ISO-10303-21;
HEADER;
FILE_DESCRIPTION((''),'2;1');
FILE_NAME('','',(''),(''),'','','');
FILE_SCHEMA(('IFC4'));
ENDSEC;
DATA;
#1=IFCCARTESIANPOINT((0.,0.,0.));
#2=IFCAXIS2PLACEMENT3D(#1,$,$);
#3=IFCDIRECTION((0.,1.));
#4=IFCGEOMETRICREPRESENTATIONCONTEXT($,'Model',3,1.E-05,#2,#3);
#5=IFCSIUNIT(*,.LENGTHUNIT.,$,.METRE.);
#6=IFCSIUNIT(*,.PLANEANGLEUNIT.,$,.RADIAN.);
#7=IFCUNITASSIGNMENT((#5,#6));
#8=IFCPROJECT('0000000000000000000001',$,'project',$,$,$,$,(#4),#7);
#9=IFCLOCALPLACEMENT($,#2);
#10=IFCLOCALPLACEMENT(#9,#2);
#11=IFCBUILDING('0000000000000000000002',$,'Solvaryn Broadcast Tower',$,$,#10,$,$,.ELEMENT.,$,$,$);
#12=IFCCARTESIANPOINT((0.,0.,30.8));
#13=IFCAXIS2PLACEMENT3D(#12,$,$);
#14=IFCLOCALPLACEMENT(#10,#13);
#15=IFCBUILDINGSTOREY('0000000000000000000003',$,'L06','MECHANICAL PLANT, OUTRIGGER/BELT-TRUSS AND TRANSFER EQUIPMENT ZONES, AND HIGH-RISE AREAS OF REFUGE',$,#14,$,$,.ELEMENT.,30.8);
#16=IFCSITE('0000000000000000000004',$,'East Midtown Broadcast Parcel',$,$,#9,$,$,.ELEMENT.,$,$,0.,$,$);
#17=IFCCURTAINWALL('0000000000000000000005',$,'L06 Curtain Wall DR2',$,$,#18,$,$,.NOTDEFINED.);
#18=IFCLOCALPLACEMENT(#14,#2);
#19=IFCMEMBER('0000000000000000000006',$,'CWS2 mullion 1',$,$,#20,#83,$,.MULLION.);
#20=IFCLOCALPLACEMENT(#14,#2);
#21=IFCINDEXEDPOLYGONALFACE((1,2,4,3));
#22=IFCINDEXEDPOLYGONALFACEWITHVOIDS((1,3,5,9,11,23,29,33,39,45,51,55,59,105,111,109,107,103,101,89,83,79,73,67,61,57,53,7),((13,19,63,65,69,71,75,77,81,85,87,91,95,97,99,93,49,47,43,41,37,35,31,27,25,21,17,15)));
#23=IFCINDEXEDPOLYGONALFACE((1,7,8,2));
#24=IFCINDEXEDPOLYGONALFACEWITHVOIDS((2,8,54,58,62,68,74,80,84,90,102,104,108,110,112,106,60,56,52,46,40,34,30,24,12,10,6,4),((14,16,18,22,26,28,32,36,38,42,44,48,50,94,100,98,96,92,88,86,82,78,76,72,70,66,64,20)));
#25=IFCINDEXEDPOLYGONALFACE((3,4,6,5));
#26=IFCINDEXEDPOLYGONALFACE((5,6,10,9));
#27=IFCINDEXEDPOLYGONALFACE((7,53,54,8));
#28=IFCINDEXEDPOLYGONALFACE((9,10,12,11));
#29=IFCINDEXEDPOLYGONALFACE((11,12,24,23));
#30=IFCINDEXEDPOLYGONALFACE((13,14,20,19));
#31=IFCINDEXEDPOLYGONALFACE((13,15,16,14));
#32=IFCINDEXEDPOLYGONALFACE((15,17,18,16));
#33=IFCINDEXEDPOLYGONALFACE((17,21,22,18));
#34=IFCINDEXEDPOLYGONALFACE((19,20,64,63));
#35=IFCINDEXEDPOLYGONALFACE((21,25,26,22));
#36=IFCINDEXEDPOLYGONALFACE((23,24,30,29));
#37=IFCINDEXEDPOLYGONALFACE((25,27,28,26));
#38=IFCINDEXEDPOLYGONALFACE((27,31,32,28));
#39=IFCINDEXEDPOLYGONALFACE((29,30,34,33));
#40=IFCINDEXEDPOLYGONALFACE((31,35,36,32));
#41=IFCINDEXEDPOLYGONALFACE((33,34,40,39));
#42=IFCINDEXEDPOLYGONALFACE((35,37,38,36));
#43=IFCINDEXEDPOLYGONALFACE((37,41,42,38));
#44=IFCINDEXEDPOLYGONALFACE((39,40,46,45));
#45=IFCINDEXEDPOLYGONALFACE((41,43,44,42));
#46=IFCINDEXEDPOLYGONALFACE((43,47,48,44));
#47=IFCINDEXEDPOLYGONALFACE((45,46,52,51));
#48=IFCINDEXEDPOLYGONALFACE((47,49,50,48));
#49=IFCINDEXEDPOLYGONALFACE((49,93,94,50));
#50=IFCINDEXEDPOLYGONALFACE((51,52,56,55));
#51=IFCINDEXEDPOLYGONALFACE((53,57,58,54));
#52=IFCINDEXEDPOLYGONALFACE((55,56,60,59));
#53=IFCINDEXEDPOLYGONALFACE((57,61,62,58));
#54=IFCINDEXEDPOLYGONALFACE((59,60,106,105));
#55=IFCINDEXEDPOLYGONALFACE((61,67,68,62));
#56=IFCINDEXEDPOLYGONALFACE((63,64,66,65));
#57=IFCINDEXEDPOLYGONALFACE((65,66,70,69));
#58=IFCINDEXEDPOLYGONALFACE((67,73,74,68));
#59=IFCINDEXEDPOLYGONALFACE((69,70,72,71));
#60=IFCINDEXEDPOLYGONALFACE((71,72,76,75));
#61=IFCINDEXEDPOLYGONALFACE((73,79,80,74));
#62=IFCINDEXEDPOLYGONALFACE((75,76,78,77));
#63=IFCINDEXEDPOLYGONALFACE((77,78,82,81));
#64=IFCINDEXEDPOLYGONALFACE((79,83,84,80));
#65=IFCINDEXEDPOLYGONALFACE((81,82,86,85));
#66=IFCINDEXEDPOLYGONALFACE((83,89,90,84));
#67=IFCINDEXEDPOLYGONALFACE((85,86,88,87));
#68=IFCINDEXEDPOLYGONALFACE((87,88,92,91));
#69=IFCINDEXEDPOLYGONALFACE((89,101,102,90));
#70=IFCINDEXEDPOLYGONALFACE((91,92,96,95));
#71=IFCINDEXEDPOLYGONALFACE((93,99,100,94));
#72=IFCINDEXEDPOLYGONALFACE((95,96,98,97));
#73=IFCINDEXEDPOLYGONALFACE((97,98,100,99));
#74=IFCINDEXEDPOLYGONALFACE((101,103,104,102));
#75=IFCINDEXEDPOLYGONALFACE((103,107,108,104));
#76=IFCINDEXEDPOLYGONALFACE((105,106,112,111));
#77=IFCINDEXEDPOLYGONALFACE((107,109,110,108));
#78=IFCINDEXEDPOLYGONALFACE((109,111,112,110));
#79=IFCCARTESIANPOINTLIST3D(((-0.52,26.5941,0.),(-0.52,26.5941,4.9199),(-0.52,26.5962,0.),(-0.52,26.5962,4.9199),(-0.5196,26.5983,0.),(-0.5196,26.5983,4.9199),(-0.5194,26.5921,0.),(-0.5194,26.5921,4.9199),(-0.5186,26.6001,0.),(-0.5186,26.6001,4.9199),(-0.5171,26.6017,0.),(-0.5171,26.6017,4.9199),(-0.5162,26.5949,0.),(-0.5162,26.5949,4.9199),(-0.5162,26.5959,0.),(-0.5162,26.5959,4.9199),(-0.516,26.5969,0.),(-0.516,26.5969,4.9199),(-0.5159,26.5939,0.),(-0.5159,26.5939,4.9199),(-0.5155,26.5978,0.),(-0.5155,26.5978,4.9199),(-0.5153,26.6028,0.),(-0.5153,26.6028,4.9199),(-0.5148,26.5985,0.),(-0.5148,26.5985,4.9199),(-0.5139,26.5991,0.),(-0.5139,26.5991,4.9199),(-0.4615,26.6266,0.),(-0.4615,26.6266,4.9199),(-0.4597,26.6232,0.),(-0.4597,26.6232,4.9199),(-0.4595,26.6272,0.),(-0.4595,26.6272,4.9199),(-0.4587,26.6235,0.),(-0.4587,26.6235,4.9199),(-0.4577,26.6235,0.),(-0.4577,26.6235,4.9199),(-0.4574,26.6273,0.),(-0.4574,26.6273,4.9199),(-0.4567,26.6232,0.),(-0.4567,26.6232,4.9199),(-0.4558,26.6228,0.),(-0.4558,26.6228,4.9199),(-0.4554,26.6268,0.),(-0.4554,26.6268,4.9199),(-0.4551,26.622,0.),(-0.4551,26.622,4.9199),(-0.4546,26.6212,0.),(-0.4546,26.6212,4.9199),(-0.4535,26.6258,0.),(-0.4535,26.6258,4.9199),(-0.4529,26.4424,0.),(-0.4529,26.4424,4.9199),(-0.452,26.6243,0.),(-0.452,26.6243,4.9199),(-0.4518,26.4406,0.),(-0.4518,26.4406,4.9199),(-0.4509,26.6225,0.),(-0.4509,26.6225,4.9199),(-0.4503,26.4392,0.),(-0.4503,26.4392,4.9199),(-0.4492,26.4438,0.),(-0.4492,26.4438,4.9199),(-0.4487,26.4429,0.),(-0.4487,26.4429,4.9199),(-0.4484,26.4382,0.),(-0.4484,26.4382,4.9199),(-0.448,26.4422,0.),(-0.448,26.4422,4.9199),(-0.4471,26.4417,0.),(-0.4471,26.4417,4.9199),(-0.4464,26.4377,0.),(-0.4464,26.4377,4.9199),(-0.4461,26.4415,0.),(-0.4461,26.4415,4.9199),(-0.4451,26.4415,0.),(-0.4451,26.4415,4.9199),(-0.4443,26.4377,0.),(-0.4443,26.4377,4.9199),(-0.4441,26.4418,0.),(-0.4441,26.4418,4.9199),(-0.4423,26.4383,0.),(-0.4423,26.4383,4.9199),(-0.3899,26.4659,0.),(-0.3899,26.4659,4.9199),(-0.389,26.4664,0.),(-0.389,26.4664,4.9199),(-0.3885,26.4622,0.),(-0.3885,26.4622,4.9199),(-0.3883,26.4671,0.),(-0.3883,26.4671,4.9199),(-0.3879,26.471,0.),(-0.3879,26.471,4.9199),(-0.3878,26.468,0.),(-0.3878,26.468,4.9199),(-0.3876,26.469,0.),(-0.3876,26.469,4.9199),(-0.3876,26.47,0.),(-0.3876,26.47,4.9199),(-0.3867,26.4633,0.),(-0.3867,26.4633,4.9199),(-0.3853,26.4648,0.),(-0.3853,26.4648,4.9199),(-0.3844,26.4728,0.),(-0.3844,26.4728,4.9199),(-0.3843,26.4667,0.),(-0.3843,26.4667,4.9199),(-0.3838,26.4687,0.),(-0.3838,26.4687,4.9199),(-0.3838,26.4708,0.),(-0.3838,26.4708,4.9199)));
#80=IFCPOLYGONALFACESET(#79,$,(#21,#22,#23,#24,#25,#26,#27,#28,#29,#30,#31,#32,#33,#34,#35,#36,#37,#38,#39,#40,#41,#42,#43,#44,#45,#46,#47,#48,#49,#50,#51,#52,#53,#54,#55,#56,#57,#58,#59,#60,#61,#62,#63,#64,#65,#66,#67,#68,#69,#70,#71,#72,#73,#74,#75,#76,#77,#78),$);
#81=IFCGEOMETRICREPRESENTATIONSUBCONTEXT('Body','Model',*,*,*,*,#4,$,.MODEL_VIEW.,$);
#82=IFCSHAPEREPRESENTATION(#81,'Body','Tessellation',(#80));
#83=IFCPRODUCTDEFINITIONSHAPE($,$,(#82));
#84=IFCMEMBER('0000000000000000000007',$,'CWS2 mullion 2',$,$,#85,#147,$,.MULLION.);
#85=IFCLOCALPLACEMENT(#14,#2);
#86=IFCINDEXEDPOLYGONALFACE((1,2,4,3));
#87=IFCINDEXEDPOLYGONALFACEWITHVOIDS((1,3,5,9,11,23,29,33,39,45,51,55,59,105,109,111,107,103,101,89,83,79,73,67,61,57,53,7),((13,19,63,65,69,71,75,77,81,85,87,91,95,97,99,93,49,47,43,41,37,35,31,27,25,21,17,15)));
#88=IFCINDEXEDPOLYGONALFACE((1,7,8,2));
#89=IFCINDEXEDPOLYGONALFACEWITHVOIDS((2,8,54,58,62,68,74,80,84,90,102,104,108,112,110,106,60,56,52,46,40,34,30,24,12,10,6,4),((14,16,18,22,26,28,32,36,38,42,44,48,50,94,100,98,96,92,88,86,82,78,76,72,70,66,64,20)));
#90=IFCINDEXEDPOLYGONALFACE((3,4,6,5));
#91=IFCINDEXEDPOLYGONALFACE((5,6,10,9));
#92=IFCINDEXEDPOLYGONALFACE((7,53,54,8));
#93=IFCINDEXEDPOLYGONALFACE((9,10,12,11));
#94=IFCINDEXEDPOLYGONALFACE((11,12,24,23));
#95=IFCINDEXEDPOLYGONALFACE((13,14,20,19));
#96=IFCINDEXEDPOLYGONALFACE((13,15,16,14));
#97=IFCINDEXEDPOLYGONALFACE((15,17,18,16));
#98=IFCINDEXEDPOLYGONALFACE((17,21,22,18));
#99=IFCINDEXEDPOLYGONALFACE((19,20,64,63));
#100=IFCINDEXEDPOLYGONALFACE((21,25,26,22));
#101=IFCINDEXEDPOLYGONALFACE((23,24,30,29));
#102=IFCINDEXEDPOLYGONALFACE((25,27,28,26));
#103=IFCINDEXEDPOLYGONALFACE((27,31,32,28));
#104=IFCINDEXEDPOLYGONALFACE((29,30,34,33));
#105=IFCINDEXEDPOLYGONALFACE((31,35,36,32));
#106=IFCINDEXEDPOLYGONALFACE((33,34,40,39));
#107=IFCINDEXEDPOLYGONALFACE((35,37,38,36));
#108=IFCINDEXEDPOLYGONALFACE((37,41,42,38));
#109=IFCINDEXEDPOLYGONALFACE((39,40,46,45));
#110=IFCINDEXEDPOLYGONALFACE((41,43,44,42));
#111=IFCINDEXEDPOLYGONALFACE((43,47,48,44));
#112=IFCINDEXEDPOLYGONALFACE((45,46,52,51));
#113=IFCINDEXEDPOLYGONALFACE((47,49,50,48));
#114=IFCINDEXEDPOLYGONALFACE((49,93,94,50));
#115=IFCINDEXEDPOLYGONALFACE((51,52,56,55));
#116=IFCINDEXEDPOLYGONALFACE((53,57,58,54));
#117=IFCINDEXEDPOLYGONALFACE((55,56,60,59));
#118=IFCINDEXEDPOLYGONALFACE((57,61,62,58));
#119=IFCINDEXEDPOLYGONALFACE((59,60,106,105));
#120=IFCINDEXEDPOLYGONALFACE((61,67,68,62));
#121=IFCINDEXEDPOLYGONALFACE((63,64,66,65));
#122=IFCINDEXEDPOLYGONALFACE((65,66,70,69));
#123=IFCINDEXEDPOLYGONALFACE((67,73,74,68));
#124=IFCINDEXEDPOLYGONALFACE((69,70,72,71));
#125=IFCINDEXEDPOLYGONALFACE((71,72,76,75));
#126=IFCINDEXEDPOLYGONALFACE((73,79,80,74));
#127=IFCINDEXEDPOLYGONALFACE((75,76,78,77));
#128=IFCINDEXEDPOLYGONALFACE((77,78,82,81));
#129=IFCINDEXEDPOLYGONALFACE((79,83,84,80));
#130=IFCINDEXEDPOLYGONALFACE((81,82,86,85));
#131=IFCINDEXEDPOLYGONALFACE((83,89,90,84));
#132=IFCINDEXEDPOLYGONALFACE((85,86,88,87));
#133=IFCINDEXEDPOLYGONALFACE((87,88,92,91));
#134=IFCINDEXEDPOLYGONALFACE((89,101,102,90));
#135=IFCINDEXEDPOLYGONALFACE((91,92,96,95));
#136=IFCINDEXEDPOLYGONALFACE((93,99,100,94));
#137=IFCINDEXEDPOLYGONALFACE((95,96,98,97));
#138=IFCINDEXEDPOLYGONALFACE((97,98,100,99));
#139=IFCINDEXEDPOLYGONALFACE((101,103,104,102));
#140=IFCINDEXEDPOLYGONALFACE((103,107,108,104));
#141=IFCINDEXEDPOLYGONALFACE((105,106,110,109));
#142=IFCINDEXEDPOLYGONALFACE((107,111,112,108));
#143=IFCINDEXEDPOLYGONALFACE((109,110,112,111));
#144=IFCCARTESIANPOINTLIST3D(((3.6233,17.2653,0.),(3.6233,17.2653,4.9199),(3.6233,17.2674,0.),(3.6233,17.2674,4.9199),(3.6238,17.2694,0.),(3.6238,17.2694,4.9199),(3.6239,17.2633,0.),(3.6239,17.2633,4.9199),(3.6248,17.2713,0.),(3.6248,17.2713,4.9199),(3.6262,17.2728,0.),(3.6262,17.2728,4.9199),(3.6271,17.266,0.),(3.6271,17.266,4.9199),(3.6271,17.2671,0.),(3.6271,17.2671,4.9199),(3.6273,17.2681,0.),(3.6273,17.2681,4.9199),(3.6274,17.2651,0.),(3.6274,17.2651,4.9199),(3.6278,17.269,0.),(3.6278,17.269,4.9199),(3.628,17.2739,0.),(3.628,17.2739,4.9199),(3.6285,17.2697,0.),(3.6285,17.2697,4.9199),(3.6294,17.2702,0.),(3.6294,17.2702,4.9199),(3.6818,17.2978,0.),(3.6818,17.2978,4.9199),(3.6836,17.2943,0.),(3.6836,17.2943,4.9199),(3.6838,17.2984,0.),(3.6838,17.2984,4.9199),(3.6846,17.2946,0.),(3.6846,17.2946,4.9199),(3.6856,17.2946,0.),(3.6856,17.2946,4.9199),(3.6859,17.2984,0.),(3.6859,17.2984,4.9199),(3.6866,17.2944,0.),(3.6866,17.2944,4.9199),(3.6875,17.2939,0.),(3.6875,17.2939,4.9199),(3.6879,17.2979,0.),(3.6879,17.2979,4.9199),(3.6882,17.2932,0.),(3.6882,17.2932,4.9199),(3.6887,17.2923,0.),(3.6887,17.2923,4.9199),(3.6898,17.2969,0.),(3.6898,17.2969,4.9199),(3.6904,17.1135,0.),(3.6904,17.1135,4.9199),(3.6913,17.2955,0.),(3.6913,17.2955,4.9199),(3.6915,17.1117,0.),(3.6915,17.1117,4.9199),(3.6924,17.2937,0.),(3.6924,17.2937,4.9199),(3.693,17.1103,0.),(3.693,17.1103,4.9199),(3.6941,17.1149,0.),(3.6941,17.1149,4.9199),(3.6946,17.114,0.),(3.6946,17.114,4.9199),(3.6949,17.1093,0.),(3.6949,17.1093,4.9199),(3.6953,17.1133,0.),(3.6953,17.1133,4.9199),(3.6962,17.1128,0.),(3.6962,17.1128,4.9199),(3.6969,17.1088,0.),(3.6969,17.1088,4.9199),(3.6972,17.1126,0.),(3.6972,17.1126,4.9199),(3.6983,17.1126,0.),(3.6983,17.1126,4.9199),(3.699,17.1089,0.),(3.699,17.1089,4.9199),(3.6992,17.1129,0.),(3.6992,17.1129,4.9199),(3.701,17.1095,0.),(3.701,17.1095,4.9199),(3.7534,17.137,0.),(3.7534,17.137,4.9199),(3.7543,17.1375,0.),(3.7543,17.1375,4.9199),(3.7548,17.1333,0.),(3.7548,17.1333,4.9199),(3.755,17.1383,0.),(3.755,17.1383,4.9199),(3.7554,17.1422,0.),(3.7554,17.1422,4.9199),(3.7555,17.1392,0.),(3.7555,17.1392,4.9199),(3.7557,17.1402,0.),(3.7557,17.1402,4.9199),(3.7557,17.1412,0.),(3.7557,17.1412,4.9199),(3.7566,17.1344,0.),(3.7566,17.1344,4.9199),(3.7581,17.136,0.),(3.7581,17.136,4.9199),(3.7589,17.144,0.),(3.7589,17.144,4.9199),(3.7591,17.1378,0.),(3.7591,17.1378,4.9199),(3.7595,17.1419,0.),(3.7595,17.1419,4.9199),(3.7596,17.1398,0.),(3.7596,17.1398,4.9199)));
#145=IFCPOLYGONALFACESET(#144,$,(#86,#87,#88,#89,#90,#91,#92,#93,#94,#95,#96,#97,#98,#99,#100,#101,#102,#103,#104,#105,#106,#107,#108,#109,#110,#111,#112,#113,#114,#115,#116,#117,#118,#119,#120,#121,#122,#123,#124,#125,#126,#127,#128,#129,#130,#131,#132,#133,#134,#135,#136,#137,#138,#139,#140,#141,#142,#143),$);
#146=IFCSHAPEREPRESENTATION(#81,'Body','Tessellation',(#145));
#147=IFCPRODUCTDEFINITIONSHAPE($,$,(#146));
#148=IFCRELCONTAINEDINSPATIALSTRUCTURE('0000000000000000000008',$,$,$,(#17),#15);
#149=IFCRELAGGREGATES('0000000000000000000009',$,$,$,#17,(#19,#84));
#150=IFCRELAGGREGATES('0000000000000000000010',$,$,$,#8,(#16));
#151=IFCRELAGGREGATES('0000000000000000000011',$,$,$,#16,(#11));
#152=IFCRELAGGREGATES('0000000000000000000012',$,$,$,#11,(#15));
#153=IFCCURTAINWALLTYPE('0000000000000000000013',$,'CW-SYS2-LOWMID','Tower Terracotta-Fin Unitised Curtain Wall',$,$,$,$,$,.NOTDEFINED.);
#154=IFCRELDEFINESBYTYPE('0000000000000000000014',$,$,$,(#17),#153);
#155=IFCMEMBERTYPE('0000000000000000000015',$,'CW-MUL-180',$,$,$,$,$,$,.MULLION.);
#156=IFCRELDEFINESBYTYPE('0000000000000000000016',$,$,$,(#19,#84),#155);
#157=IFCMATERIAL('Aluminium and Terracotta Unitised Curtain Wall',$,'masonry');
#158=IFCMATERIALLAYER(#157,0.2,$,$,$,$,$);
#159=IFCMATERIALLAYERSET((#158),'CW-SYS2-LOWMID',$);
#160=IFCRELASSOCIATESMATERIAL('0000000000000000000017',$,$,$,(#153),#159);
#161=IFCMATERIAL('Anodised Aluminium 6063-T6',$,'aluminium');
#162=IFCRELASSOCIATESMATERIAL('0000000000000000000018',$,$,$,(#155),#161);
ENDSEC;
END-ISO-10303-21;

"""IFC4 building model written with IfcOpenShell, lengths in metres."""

from ifc_helpers import new_model, si_unit, direction, frame, origin, origin_2d, place, context, subcontext, project, spatial, hollow_rectangle, extrude, material, layer, layer_set, material_profile, profile_set, type_object, element, aggregate, save


model = new_model("IFC4")

# Units and contexts
model_context = context("Model", 3, precision=1e-05, world=origin(), true_north=direction((0.0, 1.0)))
body_context = subcontext(model_context, "Body", "Model", "MODEL_VIEW")
ifc_project = project(units=[si_unit("LENGTHUNIT", "METRE"), si_unit("PLANEANGLEUNIT", "RADIAN")], contexts=[model_context])

# Site, building, storey
site_placement = place(None, origin())
site = spatial("IfcSite", under=ifc_project, at=site_placement, Name="East Midtown Broadcast Parcel", CompositionType="ELEMENT", RefElevation=0.0)
building_placement = place(site_placement, origin())
building = spatial("IfcBuilding", under=site, at=building_placement, Name="Solvaryn Broadcast Tower", CompositionType="ELEMENT")
storey_placement = place(building_placement, frame((0.0, 0.0, 30.8)))
storey = spatial("IfcBuildingStorey", under=building, at=storey_placement, Name="L06", Description="MECHANICAL PLANT, OUTRIGGER/BELT-TRUSS AND TRANSFER EQUIPMENT ZONES, AND HIGH-RISE AREAS OF REFUGE", CompositionType="ELEMENT", Elevation=30.8)

# Shared definitions
ifc_material_1 = material(Name="Aluminium and Terracotta Unitised Curtain Wall", Category="masonry")
ifc_layer_1 = layer(ifc_material_1, 0.2)
ifc_layer_set_1 = layer_set([ifc_layer_1], Name="CW-SYS2-LOWMID")
curtain_wall_type = type_object("IfcCurtainWallType", Name="CW-SYS2-LOWMID", Description="Tower Terracotta-Fin Unitised Curtain Wall", PredefinedType="NOTDEFINED", material=ifc_layer_set_1)
ifc_material_2 = material(Name="Anodised Aluminium 6063-T6", Category="aluminium")
ifc_material_profile_1 = material_profile(ifc_material_2, hollow_rectangle(XDim=0.075, YDim=0.1799, WallThickness=0.0039, InnerFilletRadius=0.0039, OuterFilletRadius=0.0081, at=origin_2d()))
ifc_profile_set_1 = profile_set([ifc_material_profile_1], Name="Anodised Aluminium 6063-T6")
member_type_1 = type_object("IfcMemberType", Name="CW-MUL-180", PredefinedType="MULLION", material=ifc_profile_set_1)

# Curtain wall, members
curtain_wall_1_placement = place(storey_placement, origin())
curtain_wall_1 = element("IfcCurtainWall", 1, at=curtain_wall_1_placement, inside=storey, type_object=curtain_wall_type, Name="L06 Curtain Wall DR2", PredefinedType="NOTDEFINED")
member_1_placement = place(storey_placement, frame((-0.4519, 26.5325, 0.0), z_axis=(0.0, 0.0, 1.0), x_axis=(0.913918, 0.405898, 0.0)))
member_1 = element("IfcMember", 2, at=member_1_placement, type_object=member_type_1, Name="CWS2 mullion 1", PredefinedType="MULLION", context=body_context, shape_type="SweptSolid", body=[
    extrude(hollow_rectangle(XDim=0.075, YDim=0.1799, WallThickness=0.0039, InnerFilletRadius=0.0039, OuterFilletRadius=0.0081, at=origin_2d()), origin(), (0.0, 0.0, 1.0), 4.9199),
])
member_2_placement = place(storey_placement, frame((3.6914, 17.2036, 0.0), z_axis=(0.0, 0.0, 1.0), x_axis=(0.913918, 0.405898, 0.0)))
member_2 = element("IfcMember", 3, at=member_2_placement, type_object=member_type_1, Name="CWS2 mullion 2", PredefinedType="MULLION", context=body_context, shape_type="SweptSolid", body=[
    extrude(hollow_rectangle(XDim=0.075, YDim=0.1799, WallThickness=0.0039, InnerFilletRadius=0.0039, OuterFilletRadius=0.0081, at=origin_2d()), origin(), (0.0, 0.0, 1.0), 4.9199),
])

aggregate(curtain_wall_1, [member_1, member_2])

save(model, "model.ifc")
